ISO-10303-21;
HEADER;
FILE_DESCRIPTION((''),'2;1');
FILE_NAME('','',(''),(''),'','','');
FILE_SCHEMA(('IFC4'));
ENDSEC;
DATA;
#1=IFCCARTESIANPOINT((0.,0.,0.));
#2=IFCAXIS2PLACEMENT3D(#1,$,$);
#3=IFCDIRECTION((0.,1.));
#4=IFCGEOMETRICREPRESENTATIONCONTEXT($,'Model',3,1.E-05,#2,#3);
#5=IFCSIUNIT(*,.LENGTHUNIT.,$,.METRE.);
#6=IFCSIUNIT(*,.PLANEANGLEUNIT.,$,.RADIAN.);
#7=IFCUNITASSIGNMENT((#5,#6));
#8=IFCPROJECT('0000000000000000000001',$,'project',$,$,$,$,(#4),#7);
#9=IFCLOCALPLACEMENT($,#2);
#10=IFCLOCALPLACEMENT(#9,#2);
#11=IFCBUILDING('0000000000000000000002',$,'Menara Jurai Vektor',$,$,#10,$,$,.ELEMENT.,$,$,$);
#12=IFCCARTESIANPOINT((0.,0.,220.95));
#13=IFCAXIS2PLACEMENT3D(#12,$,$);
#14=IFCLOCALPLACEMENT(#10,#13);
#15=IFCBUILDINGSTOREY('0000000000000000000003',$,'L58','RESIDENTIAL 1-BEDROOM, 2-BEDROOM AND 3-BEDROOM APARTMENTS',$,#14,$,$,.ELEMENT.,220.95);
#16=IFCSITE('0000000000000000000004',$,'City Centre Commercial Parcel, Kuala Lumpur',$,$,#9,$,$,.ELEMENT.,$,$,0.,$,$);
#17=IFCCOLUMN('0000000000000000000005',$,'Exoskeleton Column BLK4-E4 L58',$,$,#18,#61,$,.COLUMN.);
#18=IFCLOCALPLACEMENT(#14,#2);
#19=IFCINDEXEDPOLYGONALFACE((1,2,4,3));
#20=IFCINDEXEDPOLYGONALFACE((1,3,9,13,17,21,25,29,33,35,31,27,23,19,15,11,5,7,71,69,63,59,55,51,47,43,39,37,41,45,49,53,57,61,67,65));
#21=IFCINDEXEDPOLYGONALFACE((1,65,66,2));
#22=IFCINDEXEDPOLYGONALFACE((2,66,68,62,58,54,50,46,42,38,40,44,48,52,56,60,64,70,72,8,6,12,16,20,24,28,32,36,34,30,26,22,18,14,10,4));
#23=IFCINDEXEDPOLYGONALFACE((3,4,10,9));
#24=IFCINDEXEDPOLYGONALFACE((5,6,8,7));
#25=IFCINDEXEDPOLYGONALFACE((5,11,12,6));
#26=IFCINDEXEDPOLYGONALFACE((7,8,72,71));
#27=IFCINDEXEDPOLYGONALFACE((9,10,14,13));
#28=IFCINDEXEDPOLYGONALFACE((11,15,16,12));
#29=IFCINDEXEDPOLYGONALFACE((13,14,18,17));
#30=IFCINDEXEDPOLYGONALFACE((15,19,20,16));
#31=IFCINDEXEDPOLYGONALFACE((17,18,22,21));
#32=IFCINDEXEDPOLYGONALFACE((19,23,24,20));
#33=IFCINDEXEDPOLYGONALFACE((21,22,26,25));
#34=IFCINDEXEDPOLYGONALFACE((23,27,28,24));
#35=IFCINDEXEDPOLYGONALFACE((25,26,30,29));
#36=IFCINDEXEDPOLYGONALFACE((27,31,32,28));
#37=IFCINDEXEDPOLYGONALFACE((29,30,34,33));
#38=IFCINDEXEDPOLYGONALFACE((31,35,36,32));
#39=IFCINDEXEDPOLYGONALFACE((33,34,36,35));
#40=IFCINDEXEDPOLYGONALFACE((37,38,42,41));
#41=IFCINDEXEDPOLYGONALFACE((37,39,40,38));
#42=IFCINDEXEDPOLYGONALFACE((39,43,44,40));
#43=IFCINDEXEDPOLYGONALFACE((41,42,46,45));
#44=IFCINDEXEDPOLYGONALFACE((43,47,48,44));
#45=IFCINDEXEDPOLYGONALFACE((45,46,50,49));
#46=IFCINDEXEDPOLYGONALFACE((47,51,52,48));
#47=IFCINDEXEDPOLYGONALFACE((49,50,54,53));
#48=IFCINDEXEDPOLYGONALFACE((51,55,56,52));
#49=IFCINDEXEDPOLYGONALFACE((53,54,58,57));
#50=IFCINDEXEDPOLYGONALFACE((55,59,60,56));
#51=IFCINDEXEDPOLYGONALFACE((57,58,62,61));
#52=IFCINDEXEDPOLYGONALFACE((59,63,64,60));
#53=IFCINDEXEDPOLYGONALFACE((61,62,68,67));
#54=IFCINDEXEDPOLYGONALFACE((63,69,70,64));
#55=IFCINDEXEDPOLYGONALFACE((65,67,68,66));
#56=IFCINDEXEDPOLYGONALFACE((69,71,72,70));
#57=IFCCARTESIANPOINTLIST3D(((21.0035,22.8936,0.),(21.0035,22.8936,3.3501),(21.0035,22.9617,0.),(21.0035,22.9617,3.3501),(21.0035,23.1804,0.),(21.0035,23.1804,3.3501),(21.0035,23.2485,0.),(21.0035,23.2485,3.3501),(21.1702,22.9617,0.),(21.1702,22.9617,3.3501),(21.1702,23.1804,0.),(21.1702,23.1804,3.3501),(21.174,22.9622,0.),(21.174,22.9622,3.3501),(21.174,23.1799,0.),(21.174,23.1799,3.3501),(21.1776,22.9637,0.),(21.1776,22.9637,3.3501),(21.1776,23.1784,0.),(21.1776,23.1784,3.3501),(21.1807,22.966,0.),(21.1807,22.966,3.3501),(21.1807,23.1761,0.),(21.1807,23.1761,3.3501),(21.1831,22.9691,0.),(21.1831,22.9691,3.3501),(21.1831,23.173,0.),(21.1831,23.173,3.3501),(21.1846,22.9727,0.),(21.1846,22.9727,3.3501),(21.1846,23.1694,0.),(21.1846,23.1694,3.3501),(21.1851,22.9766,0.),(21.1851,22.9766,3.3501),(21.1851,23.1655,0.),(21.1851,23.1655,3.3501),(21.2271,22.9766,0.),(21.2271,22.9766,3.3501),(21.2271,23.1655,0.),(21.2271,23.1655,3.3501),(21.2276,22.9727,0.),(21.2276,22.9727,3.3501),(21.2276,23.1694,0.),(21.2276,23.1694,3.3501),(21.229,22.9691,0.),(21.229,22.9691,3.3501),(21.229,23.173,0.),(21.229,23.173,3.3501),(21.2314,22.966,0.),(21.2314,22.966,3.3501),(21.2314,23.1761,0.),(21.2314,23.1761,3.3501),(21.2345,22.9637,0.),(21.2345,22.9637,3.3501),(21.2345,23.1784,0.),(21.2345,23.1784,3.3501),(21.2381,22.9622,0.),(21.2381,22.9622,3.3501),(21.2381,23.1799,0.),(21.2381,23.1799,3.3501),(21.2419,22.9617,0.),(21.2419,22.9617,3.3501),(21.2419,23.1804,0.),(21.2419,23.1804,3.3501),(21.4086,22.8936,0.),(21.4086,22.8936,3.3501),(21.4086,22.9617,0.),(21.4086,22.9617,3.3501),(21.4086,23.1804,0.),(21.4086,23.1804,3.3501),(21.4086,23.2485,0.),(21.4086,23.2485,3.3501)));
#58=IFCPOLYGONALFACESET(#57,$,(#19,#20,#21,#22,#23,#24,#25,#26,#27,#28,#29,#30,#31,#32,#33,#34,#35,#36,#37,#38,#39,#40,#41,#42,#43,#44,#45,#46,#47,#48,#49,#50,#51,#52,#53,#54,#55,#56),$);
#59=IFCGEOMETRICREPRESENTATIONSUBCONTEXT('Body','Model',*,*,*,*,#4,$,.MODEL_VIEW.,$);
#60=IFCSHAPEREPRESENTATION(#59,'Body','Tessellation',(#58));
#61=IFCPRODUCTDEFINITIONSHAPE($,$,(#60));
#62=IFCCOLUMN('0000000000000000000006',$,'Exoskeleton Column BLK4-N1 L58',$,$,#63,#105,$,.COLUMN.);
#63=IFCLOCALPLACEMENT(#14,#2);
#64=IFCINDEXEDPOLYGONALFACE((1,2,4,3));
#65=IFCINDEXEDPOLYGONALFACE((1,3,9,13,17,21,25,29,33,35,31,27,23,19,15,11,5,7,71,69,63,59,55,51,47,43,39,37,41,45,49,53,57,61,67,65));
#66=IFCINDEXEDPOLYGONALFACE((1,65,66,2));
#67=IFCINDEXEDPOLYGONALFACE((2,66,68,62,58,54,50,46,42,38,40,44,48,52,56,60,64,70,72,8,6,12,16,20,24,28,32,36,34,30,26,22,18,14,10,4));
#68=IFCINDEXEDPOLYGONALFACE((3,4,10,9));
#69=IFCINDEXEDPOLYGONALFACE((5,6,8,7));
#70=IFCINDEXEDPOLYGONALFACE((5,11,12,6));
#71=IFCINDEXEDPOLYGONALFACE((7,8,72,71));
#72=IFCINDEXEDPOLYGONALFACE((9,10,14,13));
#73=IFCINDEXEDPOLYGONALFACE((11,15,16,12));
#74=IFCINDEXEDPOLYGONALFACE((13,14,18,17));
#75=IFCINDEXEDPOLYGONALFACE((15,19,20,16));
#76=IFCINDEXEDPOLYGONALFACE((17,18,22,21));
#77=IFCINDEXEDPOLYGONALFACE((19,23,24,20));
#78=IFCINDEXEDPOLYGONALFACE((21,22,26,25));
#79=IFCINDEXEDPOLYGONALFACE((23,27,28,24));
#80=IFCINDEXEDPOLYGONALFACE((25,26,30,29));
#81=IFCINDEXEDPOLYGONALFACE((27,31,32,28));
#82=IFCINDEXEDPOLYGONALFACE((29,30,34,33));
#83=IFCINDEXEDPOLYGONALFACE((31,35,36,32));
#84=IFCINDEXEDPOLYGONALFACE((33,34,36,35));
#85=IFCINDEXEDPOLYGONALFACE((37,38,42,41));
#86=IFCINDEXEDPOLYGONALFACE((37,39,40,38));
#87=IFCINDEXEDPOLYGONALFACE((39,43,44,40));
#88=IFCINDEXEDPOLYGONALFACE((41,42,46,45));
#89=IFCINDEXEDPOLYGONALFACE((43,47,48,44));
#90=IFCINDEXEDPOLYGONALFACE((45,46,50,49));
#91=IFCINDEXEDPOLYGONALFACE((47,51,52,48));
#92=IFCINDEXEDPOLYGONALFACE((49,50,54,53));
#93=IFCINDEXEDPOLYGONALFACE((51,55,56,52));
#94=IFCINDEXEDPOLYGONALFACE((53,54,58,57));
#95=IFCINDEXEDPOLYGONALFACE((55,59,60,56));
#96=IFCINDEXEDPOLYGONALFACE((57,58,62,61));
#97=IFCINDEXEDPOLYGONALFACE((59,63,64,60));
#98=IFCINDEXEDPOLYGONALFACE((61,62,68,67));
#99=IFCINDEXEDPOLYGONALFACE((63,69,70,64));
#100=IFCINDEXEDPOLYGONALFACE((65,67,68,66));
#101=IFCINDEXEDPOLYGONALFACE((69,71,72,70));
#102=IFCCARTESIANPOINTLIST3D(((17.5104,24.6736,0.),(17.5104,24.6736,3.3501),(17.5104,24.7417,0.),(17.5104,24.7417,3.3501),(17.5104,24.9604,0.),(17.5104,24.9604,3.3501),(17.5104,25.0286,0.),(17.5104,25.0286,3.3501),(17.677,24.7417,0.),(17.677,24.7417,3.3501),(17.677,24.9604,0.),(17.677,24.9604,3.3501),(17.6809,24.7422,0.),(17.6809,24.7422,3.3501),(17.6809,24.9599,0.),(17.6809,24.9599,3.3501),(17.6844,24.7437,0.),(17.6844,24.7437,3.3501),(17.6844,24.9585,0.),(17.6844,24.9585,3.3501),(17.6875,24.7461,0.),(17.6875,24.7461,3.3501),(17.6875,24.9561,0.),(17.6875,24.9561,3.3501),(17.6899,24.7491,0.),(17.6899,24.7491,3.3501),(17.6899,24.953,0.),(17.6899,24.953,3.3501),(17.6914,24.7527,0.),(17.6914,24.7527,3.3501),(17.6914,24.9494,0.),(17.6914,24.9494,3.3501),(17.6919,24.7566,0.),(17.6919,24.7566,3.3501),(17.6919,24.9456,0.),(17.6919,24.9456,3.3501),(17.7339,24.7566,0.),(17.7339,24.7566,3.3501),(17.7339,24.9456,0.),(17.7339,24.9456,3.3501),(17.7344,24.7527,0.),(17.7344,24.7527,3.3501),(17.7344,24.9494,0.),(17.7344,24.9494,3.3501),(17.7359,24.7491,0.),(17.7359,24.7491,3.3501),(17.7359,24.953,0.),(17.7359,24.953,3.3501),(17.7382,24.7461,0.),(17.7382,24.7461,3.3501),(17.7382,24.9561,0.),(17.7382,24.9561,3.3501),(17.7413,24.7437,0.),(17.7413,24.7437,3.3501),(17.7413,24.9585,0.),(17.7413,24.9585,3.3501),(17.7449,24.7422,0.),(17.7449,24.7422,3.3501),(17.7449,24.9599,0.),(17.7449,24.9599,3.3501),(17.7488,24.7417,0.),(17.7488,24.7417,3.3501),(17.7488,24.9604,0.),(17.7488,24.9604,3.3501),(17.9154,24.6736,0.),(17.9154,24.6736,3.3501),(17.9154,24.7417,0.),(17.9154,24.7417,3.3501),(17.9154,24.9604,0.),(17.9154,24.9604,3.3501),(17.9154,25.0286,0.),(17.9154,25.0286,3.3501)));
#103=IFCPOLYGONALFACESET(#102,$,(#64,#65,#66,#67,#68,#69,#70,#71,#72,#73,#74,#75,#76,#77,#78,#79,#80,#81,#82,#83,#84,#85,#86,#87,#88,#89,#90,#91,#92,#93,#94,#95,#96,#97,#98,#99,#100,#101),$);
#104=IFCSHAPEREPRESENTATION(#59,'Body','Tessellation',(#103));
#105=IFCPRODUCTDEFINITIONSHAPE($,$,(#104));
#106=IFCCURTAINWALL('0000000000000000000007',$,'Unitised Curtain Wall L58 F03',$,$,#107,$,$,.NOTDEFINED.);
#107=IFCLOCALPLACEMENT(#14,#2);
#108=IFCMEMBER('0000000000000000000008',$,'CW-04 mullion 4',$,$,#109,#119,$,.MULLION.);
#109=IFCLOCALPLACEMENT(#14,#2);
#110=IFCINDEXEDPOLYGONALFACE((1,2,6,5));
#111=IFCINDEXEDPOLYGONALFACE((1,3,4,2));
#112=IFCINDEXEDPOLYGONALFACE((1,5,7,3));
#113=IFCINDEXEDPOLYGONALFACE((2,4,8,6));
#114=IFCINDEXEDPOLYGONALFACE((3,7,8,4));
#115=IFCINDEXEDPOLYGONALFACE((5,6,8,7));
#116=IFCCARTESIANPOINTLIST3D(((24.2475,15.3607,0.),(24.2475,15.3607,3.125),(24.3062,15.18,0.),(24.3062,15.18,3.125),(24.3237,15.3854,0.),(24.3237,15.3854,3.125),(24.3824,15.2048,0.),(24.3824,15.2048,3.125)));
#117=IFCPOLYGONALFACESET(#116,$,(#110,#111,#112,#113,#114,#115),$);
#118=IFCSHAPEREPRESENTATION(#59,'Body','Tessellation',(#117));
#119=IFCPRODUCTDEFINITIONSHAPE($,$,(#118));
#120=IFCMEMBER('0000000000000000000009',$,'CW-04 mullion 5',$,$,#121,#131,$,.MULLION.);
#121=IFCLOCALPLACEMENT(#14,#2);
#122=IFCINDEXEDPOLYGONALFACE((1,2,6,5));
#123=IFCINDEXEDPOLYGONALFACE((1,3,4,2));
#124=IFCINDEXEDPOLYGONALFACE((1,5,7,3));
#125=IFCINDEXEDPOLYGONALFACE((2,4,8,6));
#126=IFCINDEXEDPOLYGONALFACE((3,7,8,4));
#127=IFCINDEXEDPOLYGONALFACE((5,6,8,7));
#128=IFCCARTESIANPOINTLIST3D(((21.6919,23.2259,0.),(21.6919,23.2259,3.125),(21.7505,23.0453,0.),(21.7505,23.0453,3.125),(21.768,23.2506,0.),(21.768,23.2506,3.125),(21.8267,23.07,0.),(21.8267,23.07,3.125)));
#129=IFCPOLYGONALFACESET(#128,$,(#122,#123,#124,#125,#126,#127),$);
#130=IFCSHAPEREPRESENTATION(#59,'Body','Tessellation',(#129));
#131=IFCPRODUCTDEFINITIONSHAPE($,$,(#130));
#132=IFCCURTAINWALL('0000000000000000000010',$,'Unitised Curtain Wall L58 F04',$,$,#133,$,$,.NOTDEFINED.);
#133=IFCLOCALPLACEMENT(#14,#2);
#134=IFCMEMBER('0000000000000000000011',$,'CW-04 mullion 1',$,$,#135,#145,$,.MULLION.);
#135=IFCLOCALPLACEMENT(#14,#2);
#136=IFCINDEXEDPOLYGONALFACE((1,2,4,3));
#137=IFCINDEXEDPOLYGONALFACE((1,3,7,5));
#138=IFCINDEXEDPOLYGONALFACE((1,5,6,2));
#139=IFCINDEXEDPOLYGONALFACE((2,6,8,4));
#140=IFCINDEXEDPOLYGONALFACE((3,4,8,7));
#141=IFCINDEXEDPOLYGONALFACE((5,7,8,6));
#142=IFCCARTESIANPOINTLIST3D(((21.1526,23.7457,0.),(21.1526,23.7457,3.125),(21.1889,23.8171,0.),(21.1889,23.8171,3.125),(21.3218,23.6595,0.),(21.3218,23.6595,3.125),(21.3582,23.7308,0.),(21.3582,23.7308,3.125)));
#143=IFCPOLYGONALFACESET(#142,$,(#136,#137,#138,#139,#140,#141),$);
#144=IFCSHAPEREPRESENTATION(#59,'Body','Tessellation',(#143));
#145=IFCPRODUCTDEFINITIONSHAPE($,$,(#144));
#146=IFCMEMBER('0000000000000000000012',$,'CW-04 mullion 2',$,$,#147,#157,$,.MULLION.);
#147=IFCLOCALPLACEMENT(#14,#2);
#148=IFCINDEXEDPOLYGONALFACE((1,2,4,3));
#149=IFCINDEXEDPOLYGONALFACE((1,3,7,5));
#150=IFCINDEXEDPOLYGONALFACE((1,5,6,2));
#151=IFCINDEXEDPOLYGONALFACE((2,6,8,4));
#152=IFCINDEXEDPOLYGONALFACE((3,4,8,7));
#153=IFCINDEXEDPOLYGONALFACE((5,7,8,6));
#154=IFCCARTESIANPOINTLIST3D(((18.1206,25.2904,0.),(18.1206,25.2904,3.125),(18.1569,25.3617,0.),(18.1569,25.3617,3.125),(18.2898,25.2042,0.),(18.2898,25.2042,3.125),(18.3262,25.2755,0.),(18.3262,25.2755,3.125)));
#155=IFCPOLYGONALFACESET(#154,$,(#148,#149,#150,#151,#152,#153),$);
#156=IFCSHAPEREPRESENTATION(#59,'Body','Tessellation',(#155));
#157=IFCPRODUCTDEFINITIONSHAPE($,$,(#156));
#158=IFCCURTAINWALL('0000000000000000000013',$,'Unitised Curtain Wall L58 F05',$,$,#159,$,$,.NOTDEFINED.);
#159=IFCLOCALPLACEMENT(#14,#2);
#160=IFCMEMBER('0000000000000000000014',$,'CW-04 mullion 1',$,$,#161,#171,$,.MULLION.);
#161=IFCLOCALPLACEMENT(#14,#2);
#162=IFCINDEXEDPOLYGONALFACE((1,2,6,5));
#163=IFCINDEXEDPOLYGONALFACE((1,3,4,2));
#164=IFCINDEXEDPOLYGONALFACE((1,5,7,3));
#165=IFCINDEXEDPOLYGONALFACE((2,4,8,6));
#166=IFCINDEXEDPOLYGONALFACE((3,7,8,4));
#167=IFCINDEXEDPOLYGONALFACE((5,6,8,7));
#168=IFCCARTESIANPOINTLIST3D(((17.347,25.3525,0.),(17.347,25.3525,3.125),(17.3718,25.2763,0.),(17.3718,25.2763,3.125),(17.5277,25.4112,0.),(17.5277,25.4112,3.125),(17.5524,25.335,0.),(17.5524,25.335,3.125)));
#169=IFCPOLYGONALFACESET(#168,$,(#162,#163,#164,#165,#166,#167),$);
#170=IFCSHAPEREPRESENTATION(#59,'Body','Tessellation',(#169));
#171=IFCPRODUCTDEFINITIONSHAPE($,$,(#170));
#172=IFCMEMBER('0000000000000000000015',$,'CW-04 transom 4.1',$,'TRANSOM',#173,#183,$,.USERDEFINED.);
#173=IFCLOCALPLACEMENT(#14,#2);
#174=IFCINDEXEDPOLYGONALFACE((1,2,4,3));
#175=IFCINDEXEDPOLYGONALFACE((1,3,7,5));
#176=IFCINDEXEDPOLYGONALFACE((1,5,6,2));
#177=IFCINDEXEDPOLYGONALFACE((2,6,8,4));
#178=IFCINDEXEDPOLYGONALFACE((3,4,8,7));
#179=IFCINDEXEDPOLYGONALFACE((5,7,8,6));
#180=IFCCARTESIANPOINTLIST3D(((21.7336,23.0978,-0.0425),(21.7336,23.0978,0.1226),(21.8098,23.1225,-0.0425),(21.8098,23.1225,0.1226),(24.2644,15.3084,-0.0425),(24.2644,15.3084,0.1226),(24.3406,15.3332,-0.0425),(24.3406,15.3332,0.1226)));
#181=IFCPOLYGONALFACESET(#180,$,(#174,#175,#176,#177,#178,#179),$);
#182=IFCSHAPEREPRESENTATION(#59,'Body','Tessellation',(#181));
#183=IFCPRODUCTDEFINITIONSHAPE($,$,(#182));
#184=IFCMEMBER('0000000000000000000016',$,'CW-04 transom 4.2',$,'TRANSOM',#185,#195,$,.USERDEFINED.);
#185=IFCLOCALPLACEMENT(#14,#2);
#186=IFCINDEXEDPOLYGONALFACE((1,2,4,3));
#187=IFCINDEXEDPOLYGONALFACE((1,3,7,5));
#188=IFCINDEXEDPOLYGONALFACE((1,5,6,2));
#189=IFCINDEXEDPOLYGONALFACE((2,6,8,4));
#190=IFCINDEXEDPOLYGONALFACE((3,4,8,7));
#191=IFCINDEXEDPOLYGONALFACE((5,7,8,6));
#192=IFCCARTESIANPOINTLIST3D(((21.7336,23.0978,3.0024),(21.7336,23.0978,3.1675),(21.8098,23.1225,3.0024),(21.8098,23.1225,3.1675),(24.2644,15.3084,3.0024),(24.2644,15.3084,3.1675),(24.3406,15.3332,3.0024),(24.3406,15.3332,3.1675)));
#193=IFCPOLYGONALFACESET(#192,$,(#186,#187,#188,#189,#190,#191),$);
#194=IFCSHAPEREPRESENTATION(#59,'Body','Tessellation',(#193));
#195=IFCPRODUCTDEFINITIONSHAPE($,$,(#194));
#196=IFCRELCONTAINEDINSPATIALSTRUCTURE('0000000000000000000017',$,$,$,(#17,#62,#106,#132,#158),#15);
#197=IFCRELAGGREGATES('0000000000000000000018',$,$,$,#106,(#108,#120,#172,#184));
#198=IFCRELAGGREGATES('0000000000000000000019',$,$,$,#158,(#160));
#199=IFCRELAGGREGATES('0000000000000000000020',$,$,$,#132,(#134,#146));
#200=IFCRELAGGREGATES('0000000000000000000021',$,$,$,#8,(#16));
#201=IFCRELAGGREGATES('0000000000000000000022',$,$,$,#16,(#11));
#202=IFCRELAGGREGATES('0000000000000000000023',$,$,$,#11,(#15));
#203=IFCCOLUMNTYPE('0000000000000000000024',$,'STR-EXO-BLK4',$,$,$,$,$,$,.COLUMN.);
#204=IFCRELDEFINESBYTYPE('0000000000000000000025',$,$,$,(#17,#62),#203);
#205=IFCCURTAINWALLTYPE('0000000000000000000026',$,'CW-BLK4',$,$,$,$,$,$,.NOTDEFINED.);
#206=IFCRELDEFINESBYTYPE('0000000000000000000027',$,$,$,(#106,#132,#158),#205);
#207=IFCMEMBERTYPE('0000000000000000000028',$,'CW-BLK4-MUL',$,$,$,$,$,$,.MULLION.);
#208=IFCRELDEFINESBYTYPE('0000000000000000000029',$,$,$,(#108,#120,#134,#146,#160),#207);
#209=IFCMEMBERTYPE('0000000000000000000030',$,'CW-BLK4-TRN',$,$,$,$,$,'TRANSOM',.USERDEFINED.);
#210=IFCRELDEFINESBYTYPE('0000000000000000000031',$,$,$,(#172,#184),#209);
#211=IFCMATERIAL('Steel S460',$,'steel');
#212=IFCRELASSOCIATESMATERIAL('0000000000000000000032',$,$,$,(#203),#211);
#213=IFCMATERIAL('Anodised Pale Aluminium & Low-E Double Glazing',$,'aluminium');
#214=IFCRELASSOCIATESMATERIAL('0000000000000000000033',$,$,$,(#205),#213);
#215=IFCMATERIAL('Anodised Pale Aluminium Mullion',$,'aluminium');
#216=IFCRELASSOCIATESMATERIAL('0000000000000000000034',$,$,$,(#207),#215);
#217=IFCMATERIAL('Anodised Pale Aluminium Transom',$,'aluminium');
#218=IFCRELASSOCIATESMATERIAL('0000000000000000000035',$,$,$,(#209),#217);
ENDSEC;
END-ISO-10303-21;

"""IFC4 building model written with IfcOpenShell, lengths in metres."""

from ifc_helpers import new_model, si_unit, direction, frame, origin, origin_2d, place, context, subcontext, project, spatial, rectangle, i_section, extrude, material, material_profile, profile_set, type_object, element, aggregate, save


model = new_model("IFC4")

# Units and contexts
model_context = context("Model", 3, precision=1e-05, world=origin(), true_north=direction((0.0, 1.0)))
body_context = subcontext(model_context, "Body", "Model", "MODEL_VIEW")
ifc_project = project(units=[si_unit("LENGTHUNIT", "METRE"), si_unit("PLANEANGLEUNIT", "RADIAN")], contexts=[model_context])

# Site, building, storey
site_placement = place(None, origin())
site = spatial("IfcSite", under=ifc_project, at=site_placement, Name="City Centre Commercial Parcel, Kuala Lumpur", CompositionType="ELEMENT", RefElevation=0.0)
building_placement = place(site_placement, origin())
building = spatial("IfcBuilding", under=site, at=building_placement, Name="Menara Jurai Vektor", CompositionType="ELEMENT")
storey_placement = place(building_placement, frame((0.0, 0.0, 220.95)))
storey = spatial("IfcBuildingStorey", under=building, at=storey_placement, Name="L58", Description="RESIDENTIAL 1-BEDROOM, 2-BEDROOM AND 3-BEDROOM APARTMENTS", CompositionType="ELEMENT", Elevation=220.95)

# Columns
ifc_material_1 = material(Name="Steel S460", Category="steel")
ifc_material_profile_1 = material_profile(ifc_material_1, i_section(OverallWidth=0.405, OverallDepth=0.355, WebThickness=0.042, FlangeThickness=0.0681, FilletRadius=0.0149, at=origin_2d()), Name="HD 400x551")
ifc_profile_set_1 = profile_set([ifc_material_profile_1], Name="Steel S460")
column_type = type_object("IfcColumnType", Name="STR-EXO-BLK4", PredefinedType="COLUMN", material=ifc_profile_set_1)
for number, where, z_axis, x_axis, name in (
    (1, (21.2061, 23.071, 0.0), (0.0, 0.0, 1.0), (1.0, 0.0, 0.0), "Exoskeleton Column BLK4-E4 L58"),
    (2, (17.7129, 24.8511, 0.0), (0.0, 0.0, 1.0), (1.0, 0.0, 0.0), "Exoskeleton Column BLK4-N1 L58"),
):
    element("IfcColumn", number, at=place(storey_placement, frame(where, z_axis=z_axis, x_axis=x_axis)), inside=storey, type_object=column_type, Name=name, PredefinedType="COLUMN", context=body_context, shape_type="SweptSolid", body=[
        extrude(i_section(OverallWidth=0.405, OverallDepth=0.355, WebThickness=0.042, FlangeThickness=0.0681, FilletRadius=0.0149, at=origin_2d()), origin(), (0.0, 0.0, 1.0), 3.3501),
    ])

# Curtain walls, members
ifc_material_2 = material(Name="Anodised Pale Aluminium & Low-E Double Glazing", Category="aluminium")
curtain_wall_type = type_object("IfcCurtainWallType", Name="CW-BLK4", PredefinedType="NOTDEFINED", material=ifc_material_2)
curtain_wall_1_placement = place(storey_placement, origin())
curtain_wall_1 = element("IfcCurtainWall", 3, at=curtain_wall_1_placement, inside=storey, type_object=curtain_wall_type, Name="Unitised Curtain Wall L58 F03", PredefinedType="NOTDEFINED")
ifc_material_3 = material(Name="Anodised Pale Aluminium Mullion", Category="aluminium")
ifc_material_profile_2 = material_profile(ifc_material_3, rectangle(XDim=0.0801, YDim=0.1899, at=origin_2d()), Name="ALU MUL 80x190")
ifc_profile_set_2 = profile_set([ifc_material_profile_2], Name="Anodised Pale Aluminium Mullion")
member_type_1 = type_object("IfcMemberType", Name="CW-BLK4-MUL", PredefinedType="MULLION", material=ifc_profile_set_2)
member_1_placement = place(storey_placement, frame((24.3149, 15.2827, 0.0), z_axis=(0.0, 0.0, 1.0), x_axis=(-0.951057, -0.309016, 0.0)))
member_1 = element("IfcMember", 4, at=member_1_placement, type_object=member_type_1, Name="CW-04 mullion 4", PredefinedType="MULLION", context=body_context, shape_type="SweptSolid", body=[
    extrude(rectangle(XDim=0.0801, YDim=0.1899, at=origin_2d()), origin(), (0.0, 0.0, 1.0), 3.125),
])
member_2_placement = place(storey_placement, frame((21.7593, 23.1479, 0.0), z_axis=(0.0, 0.0, 1.0), x_axis=(-0.951057, -0.309016, 0.0)))
member_2 = element("IfcMember", 5, at=member_2_placement, type_object=member_type_1, Name="CW-04 mullion 5", PredefinedType="MULLION", context=body_context, shape_type="SweptSolid", body=[
    extrude(rectangle(XDim=0.0801, YDim=0.1899, at=origin_2d()), origin(), (0.0, 0.0, 1.0), 3.125),
])
curtain_wall_2_placement = place(storey_placement, origin())
curtain_wall_2 = element("IfcCurtainWall", 6, at=curtain_wall_2_placement, inside=storey, type_object=curtain_wall_type, Name="Unitised Curtain Wall L58 F04", PredefinedType="NOTDEFINED")
member_3_placement = place(storey_placement, frame((21.2554, 23.7383, 0.0), z_axis=(0.0, 0.0, 1.0), x_axis=(-0.453989, -0.891008, 0.0)))
member_3 = element("IfcMember", 7, at=member_3_placement, type_object=member_type_1, Name="CW-04 mullion 1", PredefinedType="MULLION", context=body_context, shape_type="SweptSolid", body=[
    extrude(rectangle(XDim=0.0801, YDim=0.1899, at=origin_2d()), origin(), (0.0, 0.0, 1.0), 3.125),
])
member_4_placement = place(storey_placement, frame((18.2234, 25.283, 0.0), z_axis=(0.0, 0.0, 1.0), x_axis=(-0.453989, -0.891008, 0.0)))
member_4 = element("IfcMember", 8, at=member_4_placement, type_object=member_type_1, Name="CW-04 mullion 2", PredefinedType="MULLION", context=body_context, shape_type="SweptSolid", body=[
    extrude(rectangle(XDim=0.0801, YDim=0.1899, at=origin_2d()), origin(), (0.0, 0.0, 1.0), 3.125),
])

# Curtain wall, member
curtain_wall_3_placement = place(storey_placement, origin())
curtain_wall_3 = element("IfcCurtainWall", 9, at=curtain_wall_3_placement, inside=storey, type_object=curtain_wall_type, Name="Unitised Curtain Wall L58 F05", PredefinedType="NOTDEFINED")
member_5_placement = place(storey_placement, frame((17.4497, 25.3438, 0.0), z_axis=(0.0, 0.0, 1.0), x_axis=(0.309017, -0.951056, 0.0)))
member_5 = element("IfcMember", 10, at=member_5_placement, type_object=member_type_1, Name="CW-04 mullion 1", PredefinedType="MULLION", context=body_context, shape_type="SweptSolid", body=[
    extrude(rectangle(XDim=0.0801, YDim=0.1899, at=origin_2d()), origin(), (0.0, 0.0, 1.0), 3.125),
])

# Members
ifc_material_4 = material(Name="Anodised Pale Aluminium Transom", Category="aluminium")
ifc_material_profile_3 = material_profile(ifc_material_4, rectangle(XDim=0.0801, YDim=0.165, at=origin_2d()), Name="ALU TRN 80x165")
ifc_profile_set_3 = profile_set([ifc_material_profile_3], Name="Anodised Pale Aluminium Transom")
member_type_2 = type_object("IfcMemberType", Name="CW-BLK4-TRN", ElementType="TRANSOM", PredefinedType="USERDEFINED", material=ifc_profile_set_3)
member_6_placement = place(storey_placement, frame((24.3025, 15.3208, 0.04), z_axis=(-0.309002, 0.951061, 0.0), x_axis=(-0.951061, -0.309002, 0.0)))
member_6 = element("IfcMember", 11, at=member_6_placement, type_object=member_type_2, Name="CW-04 transom 4.1", ObjectType="TRANSOM", PredefinedType="USERDEFINED", context=body_context, shape_type="SweptSolid", body=[
    extrude(rectangle(XDim=0.0801, YDim=0.165, at=origin_2d()), origin(), (0.0, 0.0, 1.0), 8.1902),
])
member_7_placement = place(storey_placement, frame((24.3025, 15.3208, 3.085), z_axis=(-0.309002, 0.951061, 0.0), x_axis=(-0.951061, -0.309002, 0.0)))
member_7 = element("IfcMember", 12, at=member_7_placement, type_object=member_type_2, Name="CW-04 transom 4.2", ObjectType="TRANSOM", PredefinedType="USERDEFINED", context=body_context, shape_type="SweptSolid", body=[
    extrude(rectangle(XDim=0.0801, YDim=0.165, at=origin_2d()), origin(), (0.0, 0.0, 1.0), 8.1902),
])

aggregate(curtain_wall_1, [member_1, member_2, member_6, member_7])
aggregate(curtain_wall_3, [member_5])
aggregate(curtain_wall_2, [member_3, member_4])

save(model, "model.ifc")
